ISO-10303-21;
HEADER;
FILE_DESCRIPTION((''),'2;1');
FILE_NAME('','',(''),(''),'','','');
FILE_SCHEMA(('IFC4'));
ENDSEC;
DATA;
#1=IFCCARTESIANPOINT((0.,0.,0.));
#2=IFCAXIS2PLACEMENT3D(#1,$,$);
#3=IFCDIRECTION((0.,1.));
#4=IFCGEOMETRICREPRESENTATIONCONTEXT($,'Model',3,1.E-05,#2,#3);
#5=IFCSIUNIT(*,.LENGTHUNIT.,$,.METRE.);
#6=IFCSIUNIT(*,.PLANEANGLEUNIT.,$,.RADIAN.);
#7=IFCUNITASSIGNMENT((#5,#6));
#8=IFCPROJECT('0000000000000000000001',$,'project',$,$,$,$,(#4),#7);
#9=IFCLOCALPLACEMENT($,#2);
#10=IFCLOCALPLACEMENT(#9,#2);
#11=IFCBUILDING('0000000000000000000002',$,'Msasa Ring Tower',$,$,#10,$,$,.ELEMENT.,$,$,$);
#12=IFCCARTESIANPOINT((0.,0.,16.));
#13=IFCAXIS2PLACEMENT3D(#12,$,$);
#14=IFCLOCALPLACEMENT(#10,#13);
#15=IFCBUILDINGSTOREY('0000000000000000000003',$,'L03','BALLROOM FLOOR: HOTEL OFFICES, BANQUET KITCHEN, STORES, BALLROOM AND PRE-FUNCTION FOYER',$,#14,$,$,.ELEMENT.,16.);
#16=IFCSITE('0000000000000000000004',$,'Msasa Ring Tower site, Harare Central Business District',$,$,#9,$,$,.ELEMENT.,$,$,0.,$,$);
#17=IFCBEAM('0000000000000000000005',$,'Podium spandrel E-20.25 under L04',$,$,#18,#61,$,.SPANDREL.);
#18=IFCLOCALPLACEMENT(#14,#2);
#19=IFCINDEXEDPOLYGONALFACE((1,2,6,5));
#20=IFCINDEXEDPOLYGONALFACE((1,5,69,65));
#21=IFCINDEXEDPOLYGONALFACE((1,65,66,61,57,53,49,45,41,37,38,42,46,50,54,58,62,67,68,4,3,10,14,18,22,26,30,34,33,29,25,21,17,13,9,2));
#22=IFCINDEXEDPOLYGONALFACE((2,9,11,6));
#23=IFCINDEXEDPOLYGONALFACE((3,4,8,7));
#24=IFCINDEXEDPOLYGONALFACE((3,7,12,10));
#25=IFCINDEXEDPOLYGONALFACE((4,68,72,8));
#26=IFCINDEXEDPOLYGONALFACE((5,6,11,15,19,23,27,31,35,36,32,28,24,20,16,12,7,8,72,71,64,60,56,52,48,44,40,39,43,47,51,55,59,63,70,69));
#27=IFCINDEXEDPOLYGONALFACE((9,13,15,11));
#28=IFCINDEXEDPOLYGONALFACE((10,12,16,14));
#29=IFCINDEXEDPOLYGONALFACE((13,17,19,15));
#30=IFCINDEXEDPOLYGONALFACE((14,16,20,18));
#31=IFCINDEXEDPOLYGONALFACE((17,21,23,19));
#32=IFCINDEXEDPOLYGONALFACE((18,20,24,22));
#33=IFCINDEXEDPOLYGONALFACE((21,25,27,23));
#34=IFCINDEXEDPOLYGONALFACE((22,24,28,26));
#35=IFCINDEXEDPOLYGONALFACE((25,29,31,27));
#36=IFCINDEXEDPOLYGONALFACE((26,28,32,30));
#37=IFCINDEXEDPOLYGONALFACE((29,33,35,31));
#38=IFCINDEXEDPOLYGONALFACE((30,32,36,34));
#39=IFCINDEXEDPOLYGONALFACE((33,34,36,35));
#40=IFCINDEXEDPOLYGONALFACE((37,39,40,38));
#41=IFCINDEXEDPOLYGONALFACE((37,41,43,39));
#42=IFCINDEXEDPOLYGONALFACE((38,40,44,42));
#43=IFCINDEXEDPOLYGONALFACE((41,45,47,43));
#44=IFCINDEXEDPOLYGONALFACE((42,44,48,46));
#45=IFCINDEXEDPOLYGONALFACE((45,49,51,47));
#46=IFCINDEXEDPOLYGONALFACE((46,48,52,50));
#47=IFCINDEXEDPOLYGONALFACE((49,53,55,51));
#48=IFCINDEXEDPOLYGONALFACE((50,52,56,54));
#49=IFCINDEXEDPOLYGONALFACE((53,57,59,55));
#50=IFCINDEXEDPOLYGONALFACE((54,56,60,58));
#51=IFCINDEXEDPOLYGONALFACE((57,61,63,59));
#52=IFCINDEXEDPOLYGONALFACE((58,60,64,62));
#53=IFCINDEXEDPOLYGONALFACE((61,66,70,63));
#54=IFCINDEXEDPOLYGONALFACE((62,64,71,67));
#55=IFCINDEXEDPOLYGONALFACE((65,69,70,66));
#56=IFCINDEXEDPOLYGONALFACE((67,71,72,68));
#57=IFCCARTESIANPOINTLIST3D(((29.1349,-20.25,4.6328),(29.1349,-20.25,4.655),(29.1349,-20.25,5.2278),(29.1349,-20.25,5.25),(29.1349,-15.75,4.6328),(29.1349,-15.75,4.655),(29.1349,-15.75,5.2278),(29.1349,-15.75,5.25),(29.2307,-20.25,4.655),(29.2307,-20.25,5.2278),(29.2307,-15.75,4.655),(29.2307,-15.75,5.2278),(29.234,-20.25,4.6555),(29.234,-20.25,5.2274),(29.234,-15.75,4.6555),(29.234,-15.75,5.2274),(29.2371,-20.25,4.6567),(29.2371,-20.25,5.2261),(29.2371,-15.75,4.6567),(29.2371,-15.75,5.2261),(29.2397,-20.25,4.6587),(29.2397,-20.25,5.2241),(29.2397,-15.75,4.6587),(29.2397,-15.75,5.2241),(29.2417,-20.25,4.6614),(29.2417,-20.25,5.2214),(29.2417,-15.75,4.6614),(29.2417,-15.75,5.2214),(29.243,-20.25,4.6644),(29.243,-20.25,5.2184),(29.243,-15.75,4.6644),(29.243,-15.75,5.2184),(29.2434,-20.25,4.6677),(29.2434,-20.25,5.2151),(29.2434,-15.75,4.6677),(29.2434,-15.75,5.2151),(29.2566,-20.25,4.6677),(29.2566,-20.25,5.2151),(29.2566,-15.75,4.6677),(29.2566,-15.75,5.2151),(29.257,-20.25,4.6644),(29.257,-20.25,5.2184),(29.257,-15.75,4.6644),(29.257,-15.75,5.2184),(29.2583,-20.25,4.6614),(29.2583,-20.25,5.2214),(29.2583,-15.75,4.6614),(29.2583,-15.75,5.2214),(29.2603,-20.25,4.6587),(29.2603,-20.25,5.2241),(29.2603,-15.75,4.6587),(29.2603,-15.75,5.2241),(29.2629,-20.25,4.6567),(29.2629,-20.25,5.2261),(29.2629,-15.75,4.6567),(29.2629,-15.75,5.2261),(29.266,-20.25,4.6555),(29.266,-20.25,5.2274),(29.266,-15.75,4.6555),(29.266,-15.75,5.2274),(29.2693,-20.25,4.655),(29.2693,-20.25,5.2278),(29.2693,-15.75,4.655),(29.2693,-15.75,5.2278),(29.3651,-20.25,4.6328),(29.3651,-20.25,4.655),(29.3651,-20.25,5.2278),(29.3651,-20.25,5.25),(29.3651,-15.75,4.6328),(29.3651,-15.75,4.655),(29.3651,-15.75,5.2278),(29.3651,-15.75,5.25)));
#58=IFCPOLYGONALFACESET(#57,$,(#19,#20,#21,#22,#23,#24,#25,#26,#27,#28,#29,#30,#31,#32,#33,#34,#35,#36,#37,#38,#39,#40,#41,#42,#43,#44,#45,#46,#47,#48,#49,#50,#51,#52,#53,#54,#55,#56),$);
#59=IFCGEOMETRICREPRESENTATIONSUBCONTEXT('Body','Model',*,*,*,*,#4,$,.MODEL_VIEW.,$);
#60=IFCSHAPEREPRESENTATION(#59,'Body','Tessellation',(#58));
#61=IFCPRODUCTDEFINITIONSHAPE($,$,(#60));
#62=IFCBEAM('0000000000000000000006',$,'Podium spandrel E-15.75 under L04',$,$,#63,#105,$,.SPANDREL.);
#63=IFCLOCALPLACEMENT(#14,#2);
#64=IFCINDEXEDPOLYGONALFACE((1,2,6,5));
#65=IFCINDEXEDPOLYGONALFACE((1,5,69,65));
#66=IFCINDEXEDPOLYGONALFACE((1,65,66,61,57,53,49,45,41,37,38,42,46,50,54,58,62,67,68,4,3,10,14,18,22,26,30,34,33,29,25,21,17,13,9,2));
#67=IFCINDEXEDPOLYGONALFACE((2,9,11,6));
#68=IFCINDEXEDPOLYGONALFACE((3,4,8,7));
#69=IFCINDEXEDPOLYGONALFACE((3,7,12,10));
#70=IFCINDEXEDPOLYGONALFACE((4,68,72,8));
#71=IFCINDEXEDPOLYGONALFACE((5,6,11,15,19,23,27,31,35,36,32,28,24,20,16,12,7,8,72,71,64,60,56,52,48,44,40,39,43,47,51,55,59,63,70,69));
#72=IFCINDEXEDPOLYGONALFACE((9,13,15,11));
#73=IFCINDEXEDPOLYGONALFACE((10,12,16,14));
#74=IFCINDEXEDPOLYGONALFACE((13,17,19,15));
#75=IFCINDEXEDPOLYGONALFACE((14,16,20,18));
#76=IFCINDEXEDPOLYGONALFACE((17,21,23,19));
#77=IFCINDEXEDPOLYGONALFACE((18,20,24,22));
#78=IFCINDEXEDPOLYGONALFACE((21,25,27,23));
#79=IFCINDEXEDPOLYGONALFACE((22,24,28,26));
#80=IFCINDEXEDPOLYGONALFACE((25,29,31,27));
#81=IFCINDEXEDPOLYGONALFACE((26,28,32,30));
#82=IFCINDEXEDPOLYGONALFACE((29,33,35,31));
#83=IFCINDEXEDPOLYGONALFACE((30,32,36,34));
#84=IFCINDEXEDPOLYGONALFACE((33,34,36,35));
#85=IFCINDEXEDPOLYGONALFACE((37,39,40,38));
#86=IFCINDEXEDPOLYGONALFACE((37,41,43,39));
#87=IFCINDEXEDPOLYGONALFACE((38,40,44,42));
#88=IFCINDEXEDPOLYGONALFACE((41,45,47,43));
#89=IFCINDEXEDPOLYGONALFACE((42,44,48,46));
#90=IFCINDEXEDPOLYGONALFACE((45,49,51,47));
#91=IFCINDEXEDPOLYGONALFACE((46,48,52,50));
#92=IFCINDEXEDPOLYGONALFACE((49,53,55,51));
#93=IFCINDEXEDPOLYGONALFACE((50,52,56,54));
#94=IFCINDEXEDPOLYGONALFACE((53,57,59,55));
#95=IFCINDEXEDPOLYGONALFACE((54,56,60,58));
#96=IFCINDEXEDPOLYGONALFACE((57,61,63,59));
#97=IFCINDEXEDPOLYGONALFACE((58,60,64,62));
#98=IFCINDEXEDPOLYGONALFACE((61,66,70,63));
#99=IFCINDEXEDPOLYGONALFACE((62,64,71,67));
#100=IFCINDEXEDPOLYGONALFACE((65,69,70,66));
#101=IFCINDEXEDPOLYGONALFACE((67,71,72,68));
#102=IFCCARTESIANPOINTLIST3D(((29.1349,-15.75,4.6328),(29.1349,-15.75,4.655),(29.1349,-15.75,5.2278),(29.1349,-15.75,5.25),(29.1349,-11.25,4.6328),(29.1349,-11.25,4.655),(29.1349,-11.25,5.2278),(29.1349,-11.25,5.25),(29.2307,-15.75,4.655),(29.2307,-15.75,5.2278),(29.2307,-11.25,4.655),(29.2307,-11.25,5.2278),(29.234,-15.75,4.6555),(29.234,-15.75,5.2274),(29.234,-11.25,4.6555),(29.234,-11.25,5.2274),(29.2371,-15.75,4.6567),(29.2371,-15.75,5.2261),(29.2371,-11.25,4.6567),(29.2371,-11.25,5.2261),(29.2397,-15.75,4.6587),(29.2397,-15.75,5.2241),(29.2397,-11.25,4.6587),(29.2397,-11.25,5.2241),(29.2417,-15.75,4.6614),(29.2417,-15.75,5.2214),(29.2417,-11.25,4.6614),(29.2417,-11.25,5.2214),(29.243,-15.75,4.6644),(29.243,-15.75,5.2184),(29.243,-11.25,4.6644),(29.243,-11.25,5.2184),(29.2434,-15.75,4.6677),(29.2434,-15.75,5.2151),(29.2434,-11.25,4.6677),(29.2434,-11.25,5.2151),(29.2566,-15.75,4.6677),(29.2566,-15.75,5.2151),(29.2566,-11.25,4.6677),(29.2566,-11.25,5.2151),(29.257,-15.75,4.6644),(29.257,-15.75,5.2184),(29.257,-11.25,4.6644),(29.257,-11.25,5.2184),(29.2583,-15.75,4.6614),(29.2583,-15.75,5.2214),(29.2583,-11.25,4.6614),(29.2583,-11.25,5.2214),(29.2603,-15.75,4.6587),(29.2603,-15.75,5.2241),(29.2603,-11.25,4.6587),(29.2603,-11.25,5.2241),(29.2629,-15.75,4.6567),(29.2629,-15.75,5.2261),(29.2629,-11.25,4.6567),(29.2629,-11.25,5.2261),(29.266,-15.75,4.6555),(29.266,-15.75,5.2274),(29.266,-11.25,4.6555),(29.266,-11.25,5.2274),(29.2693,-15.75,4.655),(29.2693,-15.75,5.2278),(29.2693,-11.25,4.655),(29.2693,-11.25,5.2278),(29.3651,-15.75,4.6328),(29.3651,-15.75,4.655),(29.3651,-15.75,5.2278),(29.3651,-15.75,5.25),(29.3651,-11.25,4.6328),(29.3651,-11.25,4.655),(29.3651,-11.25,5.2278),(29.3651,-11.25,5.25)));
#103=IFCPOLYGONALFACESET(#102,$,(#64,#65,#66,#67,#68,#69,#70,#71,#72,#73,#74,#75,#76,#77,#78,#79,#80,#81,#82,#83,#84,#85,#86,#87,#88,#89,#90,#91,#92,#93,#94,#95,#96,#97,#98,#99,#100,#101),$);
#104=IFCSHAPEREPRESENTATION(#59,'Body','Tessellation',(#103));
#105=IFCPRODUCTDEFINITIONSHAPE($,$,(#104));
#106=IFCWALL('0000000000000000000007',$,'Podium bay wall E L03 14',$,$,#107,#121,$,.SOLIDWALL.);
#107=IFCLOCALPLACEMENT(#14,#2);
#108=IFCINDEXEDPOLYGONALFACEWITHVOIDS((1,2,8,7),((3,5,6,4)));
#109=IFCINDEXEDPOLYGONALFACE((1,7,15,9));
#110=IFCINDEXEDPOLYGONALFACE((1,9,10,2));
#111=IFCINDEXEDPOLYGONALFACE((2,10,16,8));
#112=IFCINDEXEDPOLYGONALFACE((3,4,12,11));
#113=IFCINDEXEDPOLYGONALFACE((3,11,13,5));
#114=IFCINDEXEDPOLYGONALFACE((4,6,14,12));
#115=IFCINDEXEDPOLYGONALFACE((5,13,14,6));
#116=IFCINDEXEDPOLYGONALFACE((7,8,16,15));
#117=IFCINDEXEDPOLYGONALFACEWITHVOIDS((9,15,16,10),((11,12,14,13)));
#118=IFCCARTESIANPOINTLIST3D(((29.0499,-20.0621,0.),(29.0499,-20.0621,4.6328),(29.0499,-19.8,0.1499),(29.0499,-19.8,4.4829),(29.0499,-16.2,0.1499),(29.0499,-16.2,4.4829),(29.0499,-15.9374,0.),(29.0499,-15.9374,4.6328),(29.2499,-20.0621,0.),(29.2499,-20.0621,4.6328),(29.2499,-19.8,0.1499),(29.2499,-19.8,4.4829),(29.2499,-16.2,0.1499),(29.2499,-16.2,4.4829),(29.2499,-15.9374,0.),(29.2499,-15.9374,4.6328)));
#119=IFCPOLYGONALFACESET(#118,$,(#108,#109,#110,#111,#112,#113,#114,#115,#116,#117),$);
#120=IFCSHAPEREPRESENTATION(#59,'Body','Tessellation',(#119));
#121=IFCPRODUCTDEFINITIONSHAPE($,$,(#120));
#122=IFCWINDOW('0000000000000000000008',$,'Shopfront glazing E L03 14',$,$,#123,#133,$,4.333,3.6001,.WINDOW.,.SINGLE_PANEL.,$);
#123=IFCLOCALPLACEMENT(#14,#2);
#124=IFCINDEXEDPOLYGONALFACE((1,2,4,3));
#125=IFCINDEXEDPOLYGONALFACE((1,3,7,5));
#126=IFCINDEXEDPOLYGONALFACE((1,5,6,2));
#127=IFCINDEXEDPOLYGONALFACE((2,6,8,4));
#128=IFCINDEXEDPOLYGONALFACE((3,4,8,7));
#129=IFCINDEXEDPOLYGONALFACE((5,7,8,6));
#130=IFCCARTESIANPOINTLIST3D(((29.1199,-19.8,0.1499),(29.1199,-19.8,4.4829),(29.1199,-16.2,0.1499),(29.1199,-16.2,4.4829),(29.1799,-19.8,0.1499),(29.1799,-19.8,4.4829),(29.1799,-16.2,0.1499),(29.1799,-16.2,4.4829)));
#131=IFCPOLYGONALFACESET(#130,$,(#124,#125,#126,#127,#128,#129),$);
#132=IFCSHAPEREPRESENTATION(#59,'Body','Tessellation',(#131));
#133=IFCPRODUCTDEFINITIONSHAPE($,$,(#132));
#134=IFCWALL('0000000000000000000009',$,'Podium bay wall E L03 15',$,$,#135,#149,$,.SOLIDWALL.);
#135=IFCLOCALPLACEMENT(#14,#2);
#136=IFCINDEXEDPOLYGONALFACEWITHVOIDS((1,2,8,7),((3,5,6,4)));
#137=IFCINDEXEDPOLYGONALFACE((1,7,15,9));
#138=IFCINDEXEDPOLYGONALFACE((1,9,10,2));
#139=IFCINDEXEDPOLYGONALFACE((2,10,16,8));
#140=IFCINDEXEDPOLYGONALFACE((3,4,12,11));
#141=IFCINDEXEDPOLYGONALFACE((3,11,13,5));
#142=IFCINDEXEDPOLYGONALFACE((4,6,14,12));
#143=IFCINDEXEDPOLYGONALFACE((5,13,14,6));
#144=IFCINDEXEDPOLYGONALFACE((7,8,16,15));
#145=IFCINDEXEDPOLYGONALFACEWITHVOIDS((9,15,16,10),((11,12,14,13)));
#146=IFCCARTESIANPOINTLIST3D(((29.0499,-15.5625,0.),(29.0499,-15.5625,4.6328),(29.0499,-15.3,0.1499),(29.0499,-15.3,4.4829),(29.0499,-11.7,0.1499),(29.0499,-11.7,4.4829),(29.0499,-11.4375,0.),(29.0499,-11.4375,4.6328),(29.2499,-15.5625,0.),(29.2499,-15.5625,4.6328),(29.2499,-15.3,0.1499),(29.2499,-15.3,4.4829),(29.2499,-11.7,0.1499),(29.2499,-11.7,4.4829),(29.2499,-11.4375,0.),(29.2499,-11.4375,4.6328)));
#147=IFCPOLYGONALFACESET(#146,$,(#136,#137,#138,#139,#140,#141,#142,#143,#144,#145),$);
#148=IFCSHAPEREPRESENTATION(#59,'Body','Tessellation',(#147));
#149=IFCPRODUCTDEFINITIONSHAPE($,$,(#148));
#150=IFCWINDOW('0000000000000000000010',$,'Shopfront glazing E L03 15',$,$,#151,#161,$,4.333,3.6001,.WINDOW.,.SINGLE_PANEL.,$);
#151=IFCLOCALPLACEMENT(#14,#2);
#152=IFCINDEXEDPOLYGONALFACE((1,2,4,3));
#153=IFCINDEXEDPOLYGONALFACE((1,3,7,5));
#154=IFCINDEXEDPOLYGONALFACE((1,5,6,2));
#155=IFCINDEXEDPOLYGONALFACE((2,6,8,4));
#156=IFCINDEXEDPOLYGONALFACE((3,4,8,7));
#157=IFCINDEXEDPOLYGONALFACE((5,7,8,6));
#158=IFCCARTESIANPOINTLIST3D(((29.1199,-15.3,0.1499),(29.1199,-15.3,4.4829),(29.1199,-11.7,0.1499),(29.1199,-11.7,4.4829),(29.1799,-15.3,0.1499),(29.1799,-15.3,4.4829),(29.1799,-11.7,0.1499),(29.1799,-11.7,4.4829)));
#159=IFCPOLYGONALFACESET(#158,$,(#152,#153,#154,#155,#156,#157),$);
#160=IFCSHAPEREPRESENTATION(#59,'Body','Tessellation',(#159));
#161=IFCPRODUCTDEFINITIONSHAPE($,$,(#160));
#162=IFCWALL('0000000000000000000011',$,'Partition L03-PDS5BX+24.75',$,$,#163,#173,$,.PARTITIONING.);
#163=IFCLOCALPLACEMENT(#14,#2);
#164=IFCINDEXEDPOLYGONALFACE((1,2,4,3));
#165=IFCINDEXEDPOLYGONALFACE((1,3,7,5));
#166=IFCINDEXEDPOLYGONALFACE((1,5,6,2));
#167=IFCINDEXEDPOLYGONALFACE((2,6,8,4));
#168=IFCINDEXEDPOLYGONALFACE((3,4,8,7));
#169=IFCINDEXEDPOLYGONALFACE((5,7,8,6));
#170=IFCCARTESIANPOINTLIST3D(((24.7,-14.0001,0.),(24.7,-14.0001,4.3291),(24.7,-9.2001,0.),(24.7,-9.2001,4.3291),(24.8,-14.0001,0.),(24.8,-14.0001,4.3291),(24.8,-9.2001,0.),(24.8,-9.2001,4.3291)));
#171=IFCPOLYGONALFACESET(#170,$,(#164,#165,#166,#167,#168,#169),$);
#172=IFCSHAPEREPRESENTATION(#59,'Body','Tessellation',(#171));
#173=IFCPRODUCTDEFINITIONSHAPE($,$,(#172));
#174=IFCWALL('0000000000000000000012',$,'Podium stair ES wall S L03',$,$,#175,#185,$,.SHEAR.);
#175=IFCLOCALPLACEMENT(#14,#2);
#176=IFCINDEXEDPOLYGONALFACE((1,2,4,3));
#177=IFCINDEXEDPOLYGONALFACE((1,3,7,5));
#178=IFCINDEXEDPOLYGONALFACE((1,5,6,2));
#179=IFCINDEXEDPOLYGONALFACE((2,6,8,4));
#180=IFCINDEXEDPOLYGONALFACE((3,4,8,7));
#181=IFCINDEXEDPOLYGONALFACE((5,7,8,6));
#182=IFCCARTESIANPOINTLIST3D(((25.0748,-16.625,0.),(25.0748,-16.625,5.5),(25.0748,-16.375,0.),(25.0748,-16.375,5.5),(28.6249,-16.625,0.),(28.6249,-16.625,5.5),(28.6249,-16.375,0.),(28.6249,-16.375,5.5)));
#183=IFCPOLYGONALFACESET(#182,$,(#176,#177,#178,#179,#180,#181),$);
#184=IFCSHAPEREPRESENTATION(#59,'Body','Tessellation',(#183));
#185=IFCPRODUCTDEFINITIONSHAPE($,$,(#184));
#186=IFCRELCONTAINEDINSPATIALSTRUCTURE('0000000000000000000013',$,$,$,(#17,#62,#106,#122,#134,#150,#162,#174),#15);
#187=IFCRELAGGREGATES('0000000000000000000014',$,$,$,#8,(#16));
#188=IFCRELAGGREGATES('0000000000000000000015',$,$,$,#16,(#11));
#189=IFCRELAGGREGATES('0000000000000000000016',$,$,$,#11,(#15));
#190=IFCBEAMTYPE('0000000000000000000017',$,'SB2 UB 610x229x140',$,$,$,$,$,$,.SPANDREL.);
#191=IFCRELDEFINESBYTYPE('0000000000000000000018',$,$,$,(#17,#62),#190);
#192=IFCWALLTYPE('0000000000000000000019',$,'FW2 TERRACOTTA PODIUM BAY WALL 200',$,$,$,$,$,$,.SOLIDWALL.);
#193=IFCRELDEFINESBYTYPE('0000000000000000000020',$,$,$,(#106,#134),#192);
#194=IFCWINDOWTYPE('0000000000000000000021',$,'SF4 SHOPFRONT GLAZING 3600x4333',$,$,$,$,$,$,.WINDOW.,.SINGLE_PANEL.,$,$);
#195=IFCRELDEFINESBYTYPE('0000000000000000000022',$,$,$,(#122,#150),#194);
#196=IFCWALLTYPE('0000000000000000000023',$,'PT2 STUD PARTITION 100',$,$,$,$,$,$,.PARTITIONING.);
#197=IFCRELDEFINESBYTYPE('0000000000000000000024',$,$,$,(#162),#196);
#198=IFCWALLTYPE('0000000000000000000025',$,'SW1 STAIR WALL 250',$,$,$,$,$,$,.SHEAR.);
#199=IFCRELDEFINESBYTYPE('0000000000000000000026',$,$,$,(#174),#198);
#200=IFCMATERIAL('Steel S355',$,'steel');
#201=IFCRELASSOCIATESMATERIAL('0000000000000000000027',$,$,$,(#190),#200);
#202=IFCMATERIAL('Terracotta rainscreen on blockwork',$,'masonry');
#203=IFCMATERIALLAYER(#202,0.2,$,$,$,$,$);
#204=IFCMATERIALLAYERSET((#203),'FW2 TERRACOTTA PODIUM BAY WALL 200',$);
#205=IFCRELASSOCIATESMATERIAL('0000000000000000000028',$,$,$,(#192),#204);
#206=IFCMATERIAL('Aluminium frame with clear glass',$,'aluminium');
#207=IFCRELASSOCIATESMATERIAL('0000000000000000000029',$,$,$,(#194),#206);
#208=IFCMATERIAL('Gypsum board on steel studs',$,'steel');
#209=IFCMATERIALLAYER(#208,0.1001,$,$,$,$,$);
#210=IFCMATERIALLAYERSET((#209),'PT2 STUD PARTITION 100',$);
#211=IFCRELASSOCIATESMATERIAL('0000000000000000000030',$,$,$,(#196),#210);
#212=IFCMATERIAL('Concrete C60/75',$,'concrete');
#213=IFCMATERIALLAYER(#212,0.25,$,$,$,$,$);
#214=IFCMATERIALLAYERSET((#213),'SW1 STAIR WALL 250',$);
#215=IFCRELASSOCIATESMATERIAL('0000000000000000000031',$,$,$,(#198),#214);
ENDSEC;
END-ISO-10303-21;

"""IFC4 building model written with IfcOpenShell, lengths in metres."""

from ifc_helpers import new_model, si_unit, direction, frame, frame_2d, origin, origin_2d, place, context, subcontext, project, spatial, rectangle, i_section, extrude, material, layer, layer_set, material_profile, profile_set, type_object, element, fill, save


model = new_model("IFC4")

# Units and contexts
model_context = context("Model", 3, precision=1e-05, world=origin(), true_north=direction((0.0, 1.0)))
body_context = subcontext(model_context, "Body", "Model", "MODEL_VIEW")
ifc_project = project(units=[si_unit("LENGTHUNIT", "METRE"), si_unit("PLANEANGLEUNIT", "RADIAN")], contexts=[model_context])

# Site, building, storey
site_placement = place(None, origin())
site = spatial("IfcSite", under=ifc_project, at=site_placement, Name="Msasa Ring Tower site, Harare Central Business District", CompositionType="ELEMENT", RefElevation=0.0)
building_placement = place(site_placement, origin())
building = spatial("IfcBuilding", under=site, at=building_placement, Name="Msasa Ring Tower", CompositionType="ELEMENT")
storey_placement = place(building_placement, frame((0.0, 0.0, 16.0)))
storey = spatial("IfcBuildingStorey", under=building, at=storey_placement, Name="L03", Description="BALLROOM FLOOR: HOTEL OFFICES, BANQUET KITCHEN, STORES, BALLROOM AND PRE-FUNCTION FOYER", CompositionType="ELEMENT", Elevation=16.0)

# Beams
ifc_material_1 = material(Name="Steel S355", Category="steel")
ifc_material_profile_1 = material_profile(ifc_material_1, i_section(OverallWidth=0.2302, OverallDepth=0.6172, WebThickness=0.0132, FlangeThickness=0.0222, FilletRadius=0.0127, at=origin_2d()), Name="UB 610x229x140")
ifc_profile_set_1 = profile_set([ifc_material_profile_1], Name="Steel S355")
beam_type_1 = type_object("IfcBeamType", Name="SB2 UB 610x229x140", PredefinedType="SPANDREL", material=ifc_profile_set_1)
for number, where, z_axis, x_axis, name in (
    (1, (29.25, -20.25, 4.9414), (0.0, 1.0, 0.0), (-1.0, 0.0, 0.0), "Podium spandrel E-20.25 under L04"),
    (2, (29.25, -15.75, 4.9414), (0.0, 1.0, 0.0), (-1.0, 0.0, 0.0), "Podium spandrel E-15.75 under L04"),
):
    element("IfcBeam", number, at=place(storey_placement, frame(where, z_axis=z_axis, x_axis=x_axis)), inside=storey, type_object=beam_type_1, Name=name, PredefinedType="SPANDREL", context=body_context, shape_type="SweptSolid", body=[
        extrude(i_section(OverallWidth=0.2302, OverallDepth=0.6172, WebThickness=0.0132, FlangeThickness=0.0222, FilletRadius=0.0127, at=origin_2d()), origin(), (0.0, 0.0, 1.0), 4.5),
    ])

# Walls, openings, windows
ifc_material_2 = material(Name="Terracotta rainscreen on blockwork", Category="masonry")
ifc_layer_1 = layer(ifc_material_2, 0.2)
ifc_layer_set_1 = layer_set([ifc_layer_1], Name="FW2 TERRACOTTA PODIUM BAY WALL 200")
wall_type_1 = type_object("IfcWallType", Name="FW2 TERRACOTTA PODIUM BAY WALL 200", PredefinedType="SOLIDWALL", material=ifc_layer_set_1)
wall_1_placement = place(storey_placement, frame((29.1499, -20.0623, 0.0), z_axis=(0.0, 0.0, 1.0), x_axis=(0.0, 1.0, 0.0)))
wall_1 = element("IfcWall", 3, at=wall_1_placement, inside=storey, type_object=wall_type_1, Name="Podium bay wall E L03 14", PredefinedType="SOLIDWALL", context=body_context, shape_type="SweptSolid", body=[
    extrude(rectangle(XDim=4.1248, YDim=0.2, at=frame_2d((2.0625, 0.0))), origin(), (0.0, 0.0, 1.0), 4.6328),
])
opening_1_placement = place(wall_1_placement, frame((0.2622, 0.0, 0.1499)))
opening_1 = element("IfcOpeningElement", 4, at=opening_1_placement, cuts=wall_1, PredefinedType="OPENING", context=body_context, shape_type="SweptSolid", body=[
    extrude(rectangle(XDim=3.6001, YDim=4.333, at=frame_2d((1.8, 2.1665))), frame((0.0, 0.1099, 0.0), z_axis=(0.0, -1.0, 0.0), x_axis=(1.0, 0.0, 0.0)), (0.0, 0.0, 1.0), 0.22),
])
ifc_material_3 = material(Name="Aluminium frame with clear glass", Category="aluminium")
window_type = type_object("IfcWindowType", Name="SF4 SHOPFRONT GLAZING 3600x4333", PartitioningType="SINGLE_PANEL", PredefinedType="WINDOW", material=ifc_material_3)
window_1_placement = place(opening_1_placement, origin())
window_1 = element("IfcWindow", 5, at=window_1_placement, inside=storey, type_object=window_type, Name="Shopfront glazing E L03 14", OverallHeight=4.333, OverallWidth=3.6001, PartitioningType="SINGLE_PANEL", PredefinedType="WINDOW", context=body_context, shape_type="SweptSolid", body=[
    extrude(rectangle(XDim=3.6001, YDim=4.333, at=frame_2d((1.8, 2.1665))), frame((0.0, 0.03, 0.0), z_axis=(0.0, -1.0, 0.0), x_axis=(1.0, 0.0, 0.0)), (0.0, 0.0, 1.0), 0.0601),
])
fill(opening_1, window_1)
wall_2_placement = place(storey_placement, frame((29.1499, -15.5625, 0.0), z_axis=(0.0, 0.0, 1.0), x_axis=(0.0, 1.0, 0.0)))
wall_2 = element("IfcWall", 6, at=wall_2_placement, inside=storey, type_object=wall_type_1, Name="Podium bay wall E L03 15", PredefinedType="SOLIDWALL", context=body_context, shape_type="SweptSolid", body=[
    extrude(rectangle(XDim=4.125, YDim=0.2, at=frame_2d((2.0625, 0.0))), origin(), (0.0, 0.0, 1.0), 4.6328),
])
opening_2_placement = place(wall_2_placement, frame((0.2625, 0.0, 0.1499)))
opening_2 = element("IfcOpeningElement", 7, at=opening_2_placement, cuts=wall_2, PredefinedType="OPENING", context=body_context, shape_type="SweptSolid", body=[
    extrude(rectangle(XDim=3.6001, YDim=4.333, at=frame_2d((1.8, 2.1665))), frame((0.0, 0.1099, 0.0), z_axis=(0.0, -1.0, 0.0), x_axis=(1.0, 0.0, 0.0)), (0.0, 0.0, 1.0), 0.22),
])
window_2_placement = place(opening_2_placement, origin())
window_2 = element("IfcWindow", 8, at=window_2_placement, inside=storey, type_object=window_type, Name="Shopfront glazing E L03 15", OverallHeight=4.333, OverallWidth=3.6001, PartitioningType="SINGLE_PANEL", PredefinedType="WINDOW", context=body_context, shape_type="SweptSolid", body=[
    extrude(rectangle(XDim=3.6001, YDim=4.333, at=frame_2d((1.8, 2.1665))), frame((0.0, 0.03, 0.0), z_axis=(0.0, -1.0, 0.0), x_axis=(1.0, 0.0, 0.0)), (0.0, 0.0, 1.0), 0.0601),
])
fill(opening_2, window_2)

# Walls
ifc_material_4 = material(Name="Gypsum board on steel studs", Category="steel")
ifc_layer_2 = layer(ifc_material_4, 0.1001)
ifc_layer_set_2 = layer_set([ifc_layer_2], Name="PT2 STUD PARTITION 100")
wall_type_2 = type_object("IfcWallType", Name="PT2 STUD PARTITION 100", PredefinedType="PARTITIONING", material=ifc_layer_set_2)
wall_3_placement = place(storey_placement, frame((24.75, -14.0, 0.0), z_axis=(0.0, 0.0, 1.0), x_axis=(0.0, 1.0, 0.0)))
element("IfcWall", 9, at=wall_3_placement, inside=storey, type_object=wall_type_2, Name="Partition L03-PDS5BX+24.75", PredefinedType="PARTITIONING", context=body_context, shape_type="SweptSolid", body=[
    extrude(rectangle(XDim=4.8, YDim=0.1001, at=frame_2d((2.3999, 0.0))), origin(), (0.0, 0.0, 1.0), 4.3291),
])
ifc_material_5 = material(Name="Concrete C60/75", Category="concrete")
ifc_layer_3 = layer(ifc_material_5, 0.25)
ifc_layer_set_3 = layer_set([ifc_layer_3], Name="SW1 STAIR WALL 250")
wall_type_3 = type_object("IfcWallType", Name="SW1 STAIR WALL 250", PredefinedType="SHEAR", material=ifc_layer_set_3)
wall_4_placement = place(storey_placement, frame((25.075, -16.5, 0.0), z_axis=(0.0, 0.0, 1.0), x_axis=(1.0, 0.0, 0.0)))
element("IfcWall", 10, at=wall_4_placement, inside=storey, type_object=wall_type_3, Name="Podium stair ES wall S L03", PredefinedType="SHEAR", context=body_context, shape_type="SweptSolid", body=[
    extrude(rectangle(XDim=3.55, YDim=0.25, at=frame_2d((1.7749, 0.0))), origin(), (0.0, 0.0, 1.0), 5.5),
])

save(model, "model.ifc")
